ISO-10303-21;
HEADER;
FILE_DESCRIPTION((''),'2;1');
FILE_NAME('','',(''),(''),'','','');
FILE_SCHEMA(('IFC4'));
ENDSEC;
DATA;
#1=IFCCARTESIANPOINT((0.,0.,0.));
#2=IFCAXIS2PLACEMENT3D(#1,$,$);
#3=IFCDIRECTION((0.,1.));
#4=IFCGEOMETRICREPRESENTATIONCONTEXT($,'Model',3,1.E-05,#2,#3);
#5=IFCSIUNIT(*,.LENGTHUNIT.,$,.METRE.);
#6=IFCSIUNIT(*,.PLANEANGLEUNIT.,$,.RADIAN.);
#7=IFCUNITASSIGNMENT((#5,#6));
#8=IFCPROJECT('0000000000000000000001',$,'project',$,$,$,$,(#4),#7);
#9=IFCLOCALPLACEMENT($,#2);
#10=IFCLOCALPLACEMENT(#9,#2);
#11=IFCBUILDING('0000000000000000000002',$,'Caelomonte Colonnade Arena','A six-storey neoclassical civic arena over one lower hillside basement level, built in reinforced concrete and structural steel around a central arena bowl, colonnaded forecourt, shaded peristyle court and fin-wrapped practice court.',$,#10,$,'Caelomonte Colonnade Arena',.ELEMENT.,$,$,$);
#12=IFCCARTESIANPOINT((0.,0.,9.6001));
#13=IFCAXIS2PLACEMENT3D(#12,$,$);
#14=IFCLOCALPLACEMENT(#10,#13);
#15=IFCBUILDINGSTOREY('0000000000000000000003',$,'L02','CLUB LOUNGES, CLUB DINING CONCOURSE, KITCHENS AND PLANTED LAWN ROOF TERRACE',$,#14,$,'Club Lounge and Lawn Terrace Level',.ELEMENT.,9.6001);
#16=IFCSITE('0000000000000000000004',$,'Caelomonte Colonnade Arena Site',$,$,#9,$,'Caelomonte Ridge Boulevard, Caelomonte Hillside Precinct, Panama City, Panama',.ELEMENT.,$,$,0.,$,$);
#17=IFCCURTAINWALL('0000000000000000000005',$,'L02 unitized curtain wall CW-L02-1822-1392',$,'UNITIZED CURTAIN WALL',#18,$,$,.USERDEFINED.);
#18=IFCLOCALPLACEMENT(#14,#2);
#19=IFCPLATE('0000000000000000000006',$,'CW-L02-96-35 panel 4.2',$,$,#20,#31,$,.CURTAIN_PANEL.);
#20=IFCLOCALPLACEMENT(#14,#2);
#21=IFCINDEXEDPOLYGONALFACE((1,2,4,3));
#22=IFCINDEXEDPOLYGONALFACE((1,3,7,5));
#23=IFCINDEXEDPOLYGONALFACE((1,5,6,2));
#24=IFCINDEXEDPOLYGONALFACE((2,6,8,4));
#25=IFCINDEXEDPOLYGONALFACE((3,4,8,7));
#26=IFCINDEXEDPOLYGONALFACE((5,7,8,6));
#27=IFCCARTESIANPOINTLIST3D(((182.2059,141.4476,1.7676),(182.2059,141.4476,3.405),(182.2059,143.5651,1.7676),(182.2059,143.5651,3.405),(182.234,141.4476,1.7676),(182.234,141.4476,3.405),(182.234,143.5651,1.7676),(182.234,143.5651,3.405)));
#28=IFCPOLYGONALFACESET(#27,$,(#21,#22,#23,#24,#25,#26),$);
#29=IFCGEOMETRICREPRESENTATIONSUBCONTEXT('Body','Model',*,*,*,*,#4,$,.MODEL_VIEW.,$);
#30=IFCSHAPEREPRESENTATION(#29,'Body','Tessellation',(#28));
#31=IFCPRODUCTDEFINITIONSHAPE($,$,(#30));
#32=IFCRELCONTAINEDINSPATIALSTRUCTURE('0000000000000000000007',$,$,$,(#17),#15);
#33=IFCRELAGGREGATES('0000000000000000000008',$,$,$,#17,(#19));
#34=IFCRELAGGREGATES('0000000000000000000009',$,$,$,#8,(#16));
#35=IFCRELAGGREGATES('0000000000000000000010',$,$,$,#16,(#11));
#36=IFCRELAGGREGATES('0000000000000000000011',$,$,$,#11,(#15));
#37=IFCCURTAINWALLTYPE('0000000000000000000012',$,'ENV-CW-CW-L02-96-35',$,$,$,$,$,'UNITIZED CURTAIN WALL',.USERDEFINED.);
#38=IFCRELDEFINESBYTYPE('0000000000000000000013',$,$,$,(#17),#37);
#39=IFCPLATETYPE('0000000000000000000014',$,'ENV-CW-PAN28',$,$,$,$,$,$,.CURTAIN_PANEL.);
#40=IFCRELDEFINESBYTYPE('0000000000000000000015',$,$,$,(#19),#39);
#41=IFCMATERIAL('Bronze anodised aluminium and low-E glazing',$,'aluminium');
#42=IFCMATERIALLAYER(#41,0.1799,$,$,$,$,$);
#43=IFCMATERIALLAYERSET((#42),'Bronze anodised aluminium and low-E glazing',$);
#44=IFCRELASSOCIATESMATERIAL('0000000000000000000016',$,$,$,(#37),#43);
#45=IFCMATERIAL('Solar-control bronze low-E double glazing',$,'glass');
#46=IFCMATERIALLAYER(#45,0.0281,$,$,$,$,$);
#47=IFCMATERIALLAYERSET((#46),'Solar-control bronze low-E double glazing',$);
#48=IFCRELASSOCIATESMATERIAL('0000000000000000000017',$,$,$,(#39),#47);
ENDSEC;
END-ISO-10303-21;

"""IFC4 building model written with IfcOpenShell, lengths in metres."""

from ifc_helpers import new_model, si_unit, direction, frame, origin, origin_2d, place, context, subcontext, project, spatial, rectangle, extrude, material, layer, layer_set, type_object, element, aggregate, save


model = new_model("IFC4")

# Units and contexts
model_context = context("Model", 3, precision=1e-05, world=origin(), true_north=direction((0.0, 1.0)))
body_context = subcontext(model_context, "Body", "Model", "MODEL_VIEW")
ifc_project = project(units=[si_unit("LENGTHUNIT", "METRE"), si_unit("PLANEANGLEUNIT", "RADIAN")], contexts=[model_context])

# Site, building, storey
site_placement = place(None, origin())
site = spatial("IfcSite", under=ifc_project, at=site_placement, Name="Caelomonte Colonnade Arena Site", LongName="Caelomonte Ridge Boulevard, Caelomonte Hillside Precinct, Panama City, Panama", CompositionType="ELEMENT", RefElevation=0.0)
building_placement = place(site_placement, origin())
building = spatial("IfcBuilding", under=site, at=building_placement, Name="Caelomonte Colonnade Arena", Description="A six-storey neoclassical civic arena over one lower hillside basement level, built in reinforced concrete and structural steel around a central arena bowl, colonnaded forecourt, shaded peristyle court and fin-wrapped practice court.", LongName="Caelomonte Colonnade Arena", CompositionType="ELEMENT")
storey_placement = place(building_placement, frame((0.0, 0.0, 9.6001)))
storey = spatial("IfcBuildingStorey", under=building, at=storey_placement, Name="L02", Description="CLUB LOUNGES, CLUB DINING CONCOURSE, KITCHENS AND PLANTED LAWN ROOF TERRACE", LongName="Club Lounge and Lawn Terrace Level", CompositionType="ELEMENT", Elevation=9.6001)

# Shared definitions
ifc_material_1 = material(Name="Bronze anodised aluminium and low-E glazing", Category="aluminium")
ifc_layer_1 = layer(ifc_material_1, 0.1799)
ifc_layer_set_1 = layer_set([ifc_layer_1], Name="Bronze anodised aluminium and low-E glazing")
curtain_wall_type = type_object("IfcCurtainWallType", Name="ENV-CW-CW-L02-96-35", ElementType="UNITIZED CURTAIN WALL", PredefinedType="USERDEFINED", material=ifc_layer_set_1)

# Curtain wall
curtain_wall_1_placement = place(storey_placement, origin())
curtain_wall_1 = element("IfcCurtainWall", 1, at=curtain_wall_1_placement, inside=storey, type_object=curtain_wall_type, Name="L02 unitized curtain wall CW-L02-1822-1392", ObjectType="UNITIZED CURTAIN WALL", PredefinedType="USERDEFINED")

# Plate
ifc_material_2 = material(Name="Solar-control bronze low-E double glazing", Category="glass")
ifc_layer_2 = layer(ifc_material_2, 0.0281)
ifc_layer_set_2 = layer_set([ifc_layer_2], Name="Solar-control bronze low-E double glazing")
plate_type = type_object("IfcPlateType", Name="ENV-CW-PAN28", PredefinedType="CURTAIN_PANEL", material=ifc_layer_set_2)
plate_1_placement = place(storey_placement, frame((182.22, 142.5063, 1.7676), z_axis=(0.0, 0.0, 1.0), x_axis=(0.0, 1.0, 0.0)))
plate_1 = element("IfcPlate", 2, at=plate_1_placement, type_object=plate_type, Name="CW-L02-96-35 panel 4.2", PredefinedType="CURTAIN_PANEL", context=body_context, shape_type="SweptSolid", body=[
    extrude(rectangle(XDim=2.1174, YDim=0.0281, at=origin_2d()), origin(), (0.0, 0.0, 1.0), 1.6375),
])
aggregate(curtain_wall_1, [plate_1])

save(model, "model.ifc")
